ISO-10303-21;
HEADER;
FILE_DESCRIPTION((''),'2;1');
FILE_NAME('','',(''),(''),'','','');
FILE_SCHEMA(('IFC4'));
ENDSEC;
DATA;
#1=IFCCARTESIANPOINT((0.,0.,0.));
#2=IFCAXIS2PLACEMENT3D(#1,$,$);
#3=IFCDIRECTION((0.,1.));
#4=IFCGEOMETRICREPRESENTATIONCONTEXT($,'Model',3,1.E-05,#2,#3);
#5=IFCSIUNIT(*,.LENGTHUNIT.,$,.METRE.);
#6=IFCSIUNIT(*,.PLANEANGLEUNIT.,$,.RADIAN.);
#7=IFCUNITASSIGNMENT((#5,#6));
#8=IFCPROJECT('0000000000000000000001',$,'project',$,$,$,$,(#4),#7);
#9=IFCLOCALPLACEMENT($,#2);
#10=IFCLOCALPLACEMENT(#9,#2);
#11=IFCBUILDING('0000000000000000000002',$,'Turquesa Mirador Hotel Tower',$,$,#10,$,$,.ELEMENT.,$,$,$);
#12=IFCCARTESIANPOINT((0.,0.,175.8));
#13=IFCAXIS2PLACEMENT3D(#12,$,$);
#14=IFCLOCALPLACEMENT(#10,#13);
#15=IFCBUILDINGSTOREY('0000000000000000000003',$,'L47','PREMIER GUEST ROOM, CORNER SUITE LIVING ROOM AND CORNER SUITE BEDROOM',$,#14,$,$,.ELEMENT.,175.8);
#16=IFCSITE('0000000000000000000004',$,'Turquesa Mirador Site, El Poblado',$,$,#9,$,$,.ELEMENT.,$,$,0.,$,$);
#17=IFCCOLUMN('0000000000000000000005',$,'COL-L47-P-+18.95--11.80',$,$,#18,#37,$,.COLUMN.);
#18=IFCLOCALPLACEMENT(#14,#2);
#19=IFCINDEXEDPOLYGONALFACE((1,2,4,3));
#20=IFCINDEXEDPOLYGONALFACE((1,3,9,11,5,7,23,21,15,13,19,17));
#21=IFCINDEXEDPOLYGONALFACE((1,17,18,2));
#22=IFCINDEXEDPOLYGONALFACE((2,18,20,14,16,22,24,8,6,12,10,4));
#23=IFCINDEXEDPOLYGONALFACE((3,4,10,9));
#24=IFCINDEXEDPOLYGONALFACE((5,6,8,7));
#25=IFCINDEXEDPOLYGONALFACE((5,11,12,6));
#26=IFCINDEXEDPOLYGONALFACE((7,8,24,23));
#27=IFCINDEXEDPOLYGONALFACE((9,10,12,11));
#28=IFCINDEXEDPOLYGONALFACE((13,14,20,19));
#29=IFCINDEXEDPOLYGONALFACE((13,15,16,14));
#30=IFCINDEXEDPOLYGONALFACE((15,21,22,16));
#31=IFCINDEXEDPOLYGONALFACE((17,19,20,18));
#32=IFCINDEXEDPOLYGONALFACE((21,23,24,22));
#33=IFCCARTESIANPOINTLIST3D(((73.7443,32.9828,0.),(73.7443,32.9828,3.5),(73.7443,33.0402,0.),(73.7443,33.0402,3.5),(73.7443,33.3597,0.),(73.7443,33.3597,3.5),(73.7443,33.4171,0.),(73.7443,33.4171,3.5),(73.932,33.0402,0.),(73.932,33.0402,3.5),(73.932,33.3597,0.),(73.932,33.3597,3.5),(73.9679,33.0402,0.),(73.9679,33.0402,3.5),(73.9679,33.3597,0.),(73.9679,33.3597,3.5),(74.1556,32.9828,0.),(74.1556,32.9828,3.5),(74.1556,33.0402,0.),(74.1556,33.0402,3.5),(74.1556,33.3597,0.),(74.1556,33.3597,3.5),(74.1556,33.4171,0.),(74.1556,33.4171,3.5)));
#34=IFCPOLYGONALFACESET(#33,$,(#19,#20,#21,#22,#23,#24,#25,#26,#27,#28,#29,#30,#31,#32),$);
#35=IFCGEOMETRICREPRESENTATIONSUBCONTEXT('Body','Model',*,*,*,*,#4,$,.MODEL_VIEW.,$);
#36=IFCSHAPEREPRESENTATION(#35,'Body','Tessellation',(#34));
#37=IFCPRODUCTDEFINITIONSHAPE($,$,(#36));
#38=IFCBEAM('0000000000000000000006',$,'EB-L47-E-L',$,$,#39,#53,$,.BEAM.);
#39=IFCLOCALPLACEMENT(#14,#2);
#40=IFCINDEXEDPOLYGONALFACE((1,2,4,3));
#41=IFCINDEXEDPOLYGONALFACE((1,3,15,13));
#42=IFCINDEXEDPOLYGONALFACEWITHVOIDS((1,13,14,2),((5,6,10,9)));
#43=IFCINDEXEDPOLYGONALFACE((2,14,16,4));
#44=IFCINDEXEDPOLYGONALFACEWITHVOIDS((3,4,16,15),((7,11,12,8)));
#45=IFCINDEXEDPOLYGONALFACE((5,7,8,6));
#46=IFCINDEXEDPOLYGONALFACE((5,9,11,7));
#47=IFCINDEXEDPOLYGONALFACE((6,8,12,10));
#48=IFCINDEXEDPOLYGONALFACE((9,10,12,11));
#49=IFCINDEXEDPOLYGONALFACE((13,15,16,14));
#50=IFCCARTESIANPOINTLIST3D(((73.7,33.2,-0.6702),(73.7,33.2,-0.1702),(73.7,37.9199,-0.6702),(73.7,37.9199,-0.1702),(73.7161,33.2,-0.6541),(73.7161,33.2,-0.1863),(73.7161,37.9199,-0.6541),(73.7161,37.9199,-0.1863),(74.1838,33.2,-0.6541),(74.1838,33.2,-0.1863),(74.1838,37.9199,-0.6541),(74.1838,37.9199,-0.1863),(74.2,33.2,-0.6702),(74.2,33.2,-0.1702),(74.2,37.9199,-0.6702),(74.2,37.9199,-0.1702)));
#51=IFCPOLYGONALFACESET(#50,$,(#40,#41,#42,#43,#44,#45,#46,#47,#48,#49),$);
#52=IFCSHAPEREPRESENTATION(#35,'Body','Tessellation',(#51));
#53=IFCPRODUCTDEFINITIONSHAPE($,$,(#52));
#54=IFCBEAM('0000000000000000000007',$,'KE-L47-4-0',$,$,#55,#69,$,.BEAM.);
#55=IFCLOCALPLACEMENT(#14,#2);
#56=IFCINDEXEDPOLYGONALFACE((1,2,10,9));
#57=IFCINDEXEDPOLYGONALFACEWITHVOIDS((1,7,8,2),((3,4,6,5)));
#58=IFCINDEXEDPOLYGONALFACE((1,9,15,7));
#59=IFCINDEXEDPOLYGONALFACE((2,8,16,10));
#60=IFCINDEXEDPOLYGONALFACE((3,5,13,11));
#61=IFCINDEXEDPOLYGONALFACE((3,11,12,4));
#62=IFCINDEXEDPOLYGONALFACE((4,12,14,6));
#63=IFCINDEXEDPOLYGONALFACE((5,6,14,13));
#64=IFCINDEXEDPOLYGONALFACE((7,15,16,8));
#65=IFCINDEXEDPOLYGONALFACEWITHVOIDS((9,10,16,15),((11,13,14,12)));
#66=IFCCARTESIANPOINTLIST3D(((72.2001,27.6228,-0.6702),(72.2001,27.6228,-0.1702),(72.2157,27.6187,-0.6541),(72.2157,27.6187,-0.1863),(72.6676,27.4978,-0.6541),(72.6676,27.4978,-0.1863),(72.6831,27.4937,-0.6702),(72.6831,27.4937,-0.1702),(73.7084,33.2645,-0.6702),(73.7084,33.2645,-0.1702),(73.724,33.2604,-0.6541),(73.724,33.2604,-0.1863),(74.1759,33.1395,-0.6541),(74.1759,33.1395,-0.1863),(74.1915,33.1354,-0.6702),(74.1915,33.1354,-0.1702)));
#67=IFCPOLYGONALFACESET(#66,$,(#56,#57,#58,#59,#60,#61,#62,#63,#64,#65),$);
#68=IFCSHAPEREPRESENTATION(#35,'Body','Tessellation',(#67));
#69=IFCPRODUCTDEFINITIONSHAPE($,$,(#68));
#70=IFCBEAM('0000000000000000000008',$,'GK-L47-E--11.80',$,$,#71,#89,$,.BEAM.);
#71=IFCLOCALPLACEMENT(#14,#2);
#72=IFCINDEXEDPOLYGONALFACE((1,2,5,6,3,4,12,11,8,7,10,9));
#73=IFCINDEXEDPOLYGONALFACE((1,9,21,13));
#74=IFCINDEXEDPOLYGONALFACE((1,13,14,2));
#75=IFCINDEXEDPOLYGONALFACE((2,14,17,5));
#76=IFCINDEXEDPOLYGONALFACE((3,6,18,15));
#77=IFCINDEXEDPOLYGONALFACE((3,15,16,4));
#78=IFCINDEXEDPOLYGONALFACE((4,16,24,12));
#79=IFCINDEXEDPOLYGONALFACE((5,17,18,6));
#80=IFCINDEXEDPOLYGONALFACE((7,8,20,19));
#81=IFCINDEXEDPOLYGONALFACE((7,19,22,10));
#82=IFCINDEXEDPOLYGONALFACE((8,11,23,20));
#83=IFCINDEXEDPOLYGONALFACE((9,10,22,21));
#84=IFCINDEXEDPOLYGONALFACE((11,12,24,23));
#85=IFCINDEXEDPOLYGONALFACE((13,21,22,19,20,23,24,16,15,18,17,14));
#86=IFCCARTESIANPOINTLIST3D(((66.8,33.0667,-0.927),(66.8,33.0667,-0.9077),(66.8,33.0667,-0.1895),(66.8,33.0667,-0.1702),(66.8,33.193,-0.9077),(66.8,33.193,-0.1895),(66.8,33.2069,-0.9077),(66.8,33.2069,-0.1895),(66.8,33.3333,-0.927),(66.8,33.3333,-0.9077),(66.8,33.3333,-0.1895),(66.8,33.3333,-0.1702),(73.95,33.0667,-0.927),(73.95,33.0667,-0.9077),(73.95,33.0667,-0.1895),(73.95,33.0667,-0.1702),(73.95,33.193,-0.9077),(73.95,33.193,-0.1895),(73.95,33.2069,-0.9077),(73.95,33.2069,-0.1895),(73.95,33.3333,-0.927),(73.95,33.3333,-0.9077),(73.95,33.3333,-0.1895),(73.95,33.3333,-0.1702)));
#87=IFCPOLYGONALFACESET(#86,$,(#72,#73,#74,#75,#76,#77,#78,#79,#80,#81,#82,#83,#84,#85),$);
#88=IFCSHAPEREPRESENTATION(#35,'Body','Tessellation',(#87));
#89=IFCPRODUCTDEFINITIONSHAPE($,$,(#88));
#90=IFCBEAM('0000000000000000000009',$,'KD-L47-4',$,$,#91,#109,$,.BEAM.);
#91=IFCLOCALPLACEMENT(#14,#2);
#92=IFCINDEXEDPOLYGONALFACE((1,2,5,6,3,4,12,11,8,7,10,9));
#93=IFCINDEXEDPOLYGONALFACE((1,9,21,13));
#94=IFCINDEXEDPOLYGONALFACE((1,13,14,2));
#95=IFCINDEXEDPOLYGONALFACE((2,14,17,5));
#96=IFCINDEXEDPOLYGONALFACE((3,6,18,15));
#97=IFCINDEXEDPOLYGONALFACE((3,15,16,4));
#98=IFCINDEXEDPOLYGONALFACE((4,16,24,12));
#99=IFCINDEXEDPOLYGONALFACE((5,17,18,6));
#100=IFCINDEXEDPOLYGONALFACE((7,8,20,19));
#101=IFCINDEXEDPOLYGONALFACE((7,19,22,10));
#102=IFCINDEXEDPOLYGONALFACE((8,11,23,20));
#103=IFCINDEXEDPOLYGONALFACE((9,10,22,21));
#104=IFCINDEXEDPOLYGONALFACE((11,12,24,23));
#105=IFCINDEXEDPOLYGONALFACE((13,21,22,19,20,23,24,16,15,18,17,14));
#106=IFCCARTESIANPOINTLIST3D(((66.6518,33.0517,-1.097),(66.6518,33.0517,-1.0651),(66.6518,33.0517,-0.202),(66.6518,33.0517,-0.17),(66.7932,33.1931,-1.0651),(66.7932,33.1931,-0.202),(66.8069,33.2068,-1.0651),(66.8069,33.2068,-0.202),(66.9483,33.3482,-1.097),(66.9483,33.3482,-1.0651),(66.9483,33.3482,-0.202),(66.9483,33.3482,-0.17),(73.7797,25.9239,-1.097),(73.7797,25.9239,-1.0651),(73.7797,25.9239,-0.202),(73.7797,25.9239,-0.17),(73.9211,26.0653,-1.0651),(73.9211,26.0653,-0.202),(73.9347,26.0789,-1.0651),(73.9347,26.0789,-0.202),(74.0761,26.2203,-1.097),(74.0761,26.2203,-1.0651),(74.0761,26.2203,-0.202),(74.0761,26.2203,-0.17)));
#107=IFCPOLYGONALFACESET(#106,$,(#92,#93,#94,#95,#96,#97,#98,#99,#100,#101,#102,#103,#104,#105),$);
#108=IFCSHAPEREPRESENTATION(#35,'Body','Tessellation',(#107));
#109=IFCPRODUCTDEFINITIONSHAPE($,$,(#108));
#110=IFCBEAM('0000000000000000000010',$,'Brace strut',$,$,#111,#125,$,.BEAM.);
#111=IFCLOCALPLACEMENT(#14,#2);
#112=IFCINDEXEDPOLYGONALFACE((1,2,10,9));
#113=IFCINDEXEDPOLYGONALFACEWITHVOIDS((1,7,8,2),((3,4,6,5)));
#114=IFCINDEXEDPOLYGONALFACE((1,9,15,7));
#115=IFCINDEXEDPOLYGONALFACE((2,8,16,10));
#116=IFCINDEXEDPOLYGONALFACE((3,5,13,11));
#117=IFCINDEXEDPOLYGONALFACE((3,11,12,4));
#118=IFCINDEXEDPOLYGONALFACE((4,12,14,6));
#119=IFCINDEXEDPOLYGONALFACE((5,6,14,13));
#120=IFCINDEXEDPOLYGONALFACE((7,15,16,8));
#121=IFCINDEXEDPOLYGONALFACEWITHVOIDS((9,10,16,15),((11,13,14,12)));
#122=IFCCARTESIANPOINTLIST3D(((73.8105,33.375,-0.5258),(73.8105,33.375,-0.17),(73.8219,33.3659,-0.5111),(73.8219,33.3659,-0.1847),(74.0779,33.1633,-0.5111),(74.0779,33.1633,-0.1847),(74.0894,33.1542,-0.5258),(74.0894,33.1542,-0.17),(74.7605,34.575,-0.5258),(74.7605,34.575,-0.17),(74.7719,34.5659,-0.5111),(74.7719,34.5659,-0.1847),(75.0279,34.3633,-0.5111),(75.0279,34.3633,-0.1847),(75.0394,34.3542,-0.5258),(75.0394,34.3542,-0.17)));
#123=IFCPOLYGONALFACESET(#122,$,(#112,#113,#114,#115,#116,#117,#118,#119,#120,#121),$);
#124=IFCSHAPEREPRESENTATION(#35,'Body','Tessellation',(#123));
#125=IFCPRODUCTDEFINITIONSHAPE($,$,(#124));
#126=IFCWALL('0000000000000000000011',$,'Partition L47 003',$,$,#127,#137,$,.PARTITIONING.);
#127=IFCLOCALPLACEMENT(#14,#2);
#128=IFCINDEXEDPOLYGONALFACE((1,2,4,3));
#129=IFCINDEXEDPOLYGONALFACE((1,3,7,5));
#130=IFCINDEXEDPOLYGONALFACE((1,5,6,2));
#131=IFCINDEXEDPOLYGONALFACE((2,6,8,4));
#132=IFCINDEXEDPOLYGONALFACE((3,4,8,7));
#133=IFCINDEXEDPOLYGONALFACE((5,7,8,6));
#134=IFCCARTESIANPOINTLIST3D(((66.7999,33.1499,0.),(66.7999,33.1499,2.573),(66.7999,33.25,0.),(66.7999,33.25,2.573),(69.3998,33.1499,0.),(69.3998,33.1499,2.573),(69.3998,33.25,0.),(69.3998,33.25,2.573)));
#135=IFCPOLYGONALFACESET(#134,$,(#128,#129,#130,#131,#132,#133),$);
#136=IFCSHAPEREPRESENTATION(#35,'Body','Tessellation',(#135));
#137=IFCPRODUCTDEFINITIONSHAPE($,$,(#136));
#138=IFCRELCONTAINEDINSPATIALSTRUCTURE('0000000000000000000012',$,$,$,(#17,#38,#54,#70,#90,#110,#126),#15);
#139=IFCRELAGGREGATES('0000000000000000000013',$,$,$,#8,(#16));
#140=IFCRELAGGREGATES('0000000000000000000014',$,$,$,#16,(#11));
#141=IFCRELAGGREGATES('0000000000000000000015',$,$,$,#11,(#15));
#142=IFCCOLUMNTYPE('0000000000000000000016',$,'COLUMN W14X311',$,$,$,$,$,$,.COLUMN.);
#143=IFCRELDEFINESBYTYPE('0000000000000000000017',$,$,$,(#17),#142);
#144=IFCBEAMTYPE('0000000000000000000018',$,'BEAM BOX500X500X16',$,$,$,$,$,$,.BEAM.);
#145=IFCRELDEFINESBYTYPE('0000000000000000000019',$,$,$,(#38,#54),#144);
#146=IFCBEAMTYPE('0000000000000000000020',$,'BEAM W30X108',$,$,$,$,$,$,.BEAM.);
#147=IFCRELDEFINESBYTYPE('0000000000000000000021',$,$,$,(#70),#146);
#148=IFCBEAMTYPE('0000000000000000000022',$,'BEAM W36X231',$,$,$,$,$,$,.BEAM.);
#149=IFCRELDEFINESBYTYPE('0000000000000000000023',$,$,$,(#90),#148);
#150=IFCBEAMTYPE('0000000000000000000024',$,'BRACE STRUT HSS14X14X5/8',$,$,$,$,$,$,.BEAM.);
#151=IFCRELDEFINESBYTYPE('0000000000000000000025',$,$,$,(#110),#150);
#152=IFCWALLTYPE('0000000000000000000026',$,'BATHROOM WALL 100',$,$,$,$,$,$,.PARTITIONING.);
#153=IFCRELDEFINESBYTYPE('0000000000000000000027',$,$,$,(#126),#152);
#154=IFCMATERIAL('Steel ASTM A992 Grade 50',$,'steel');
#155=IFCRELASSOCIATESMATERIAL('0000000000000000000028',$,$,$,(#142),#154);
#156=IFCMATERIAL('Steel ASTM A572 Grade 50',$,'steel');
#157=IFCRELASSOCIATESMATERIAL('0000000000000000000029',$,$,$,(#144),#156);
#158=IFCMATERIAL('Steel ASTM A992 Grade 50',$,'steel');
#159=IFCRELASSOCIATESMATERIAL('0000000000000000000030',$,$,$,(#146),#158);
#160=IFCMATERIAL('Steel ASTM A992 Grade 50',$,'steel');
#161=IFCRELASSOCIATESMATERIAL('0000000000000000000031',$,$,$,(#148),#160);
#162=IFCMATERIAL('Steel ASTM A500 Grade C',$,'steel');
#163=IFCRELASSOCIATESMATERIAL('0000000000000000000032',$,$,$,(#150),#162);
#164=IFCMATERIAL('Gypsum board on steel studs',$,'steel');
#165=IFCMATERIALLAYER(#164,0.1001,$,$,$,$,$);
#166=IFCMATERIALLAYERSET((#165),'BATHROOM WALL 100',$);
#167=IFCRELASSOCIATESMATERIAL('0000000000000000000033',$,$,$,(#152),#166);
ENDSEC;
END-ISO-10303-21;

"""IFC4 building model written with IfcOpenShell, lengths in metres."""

from ifc_helpers import new_model, si_unit, direction, frame, frame_2d, origin, origin_2d, place, context, subcontext, project, spatial, rectangle, hollow_rectangle, i_section, extrude, material, layer, layer_set, material_profile, profile_set, type_object, element, save


model = new_model("IFC4")

# Units and contexts
model_context = context("Model", 3, precision=1e-05, world=origin(), true_north=direction((0.0, 1.0)))
body_context = subcontext(model_context, "Body", "Model", "MODEL_VIEW")
ifc_project = project(units=[si_unit("LENGTHUNIT", "METRE"), si_unit("PLANEANGLEUNIT", "RADIAN")], contexts=[model_context])

# Site, building, storey
site_placement = place(None, origin())
site = spatial("IfcSite", under=ifc_project, at=site_placement, Name="Turquesa Mirador Site, El Poblado", CompositionType="ELEMENT", RefElevation=0.0)
building_placement = place(site_placement, origin())
building = spatial("IfcBuilding", under=site, at=building_placement, Name="Turquesa Mirador Hotel Tower", CompositionType="ELEMENT")
storey_placement = place(building_placement, frame((0.0, 0.0, 175.8)))
storey = spatial("IfcBuildingStorey", under=building, at=storey_placement, Name="L47", Description="PREMIER GUEST ROOM, CORNER SUITE LIVING ROOM AND CORNER SUITE BEDROOM", CompositionType="ELEMENT", Elevation=175.8)

# Column
ifc_material_1 = material(Name="Steel ASTM A992 Grade 50", Category="steel")
ifc_material_profile_1 = material_profile(ifc_material_1, i_section(OverallWidth=0.4114, OverallDepth=0.4343, WebThickness=0.0359, FlangeThickness=0.0574, at=origin_2d()), Name="W14X311")
ifc_profile_set_1 = profile_set([ifc_material_profile_1], Name="Steel ASTM A992 Grade 50")
column_type = type_object("IfcColumnType", Name="COLUMN W14X311", PredefinedType="COLUMN", material=ifc_profile_set_1)
column_placement = place(storey_placement, frame((73.95, 33.2, 0.0), z_axis=(0.0, 0.0, 1.0), x_axis=(1.0, 0.0, 0.0)))
element("IfcColumn", 1, at=column_placement, inside=storey, type_object=column_type, Name="COL-L47-P-+18.95--11.80", PredefinedType="COLUMN", context=body_context, shape_type="SweptSolid", body=[
    extrude(i_section(OverallWidth=0.4114, OverallDepth=0.4343, WebThickness=0.0359, FlangeThickness=0.0574, at=origin_2d()), origin(), (0.0, 0.0, 1.0), 3.5),
])

# Beams
ifc_material_2 = material(Name="Steel ASTM A572 Grade 50", Category="steel")
ifc_material_profile_2 = material_profile(ifc_material_2, hollow_rectangle(XDim=0.5, YDim=0.5, WallThickness=0.0161, at=origin_2d()), Name="BOX500X500X16")
ifc_profile_set_2 = profile_set([ifc_material_profile_2], Name="Steel ASTM A572 Grade 50")
beam_type_1 = type_object("IfcBeamType", Name="BEAM BOX500X500X16", PredefinedType="BEAM", material=ifc_profile_set_2)
beam_1_placement = place(storey_placement, frame((73.95, 33.2, -0.4202), z_axis=(0.0, 1.0, 0.0), x_axis=(-1.0, 0.0, 0.0)))
element("IfcBeam", 2, at=beam_1_placement, inside=storey, type_object=beam_type_1, Name="EB-L47-E-L", PredefinedType="BEAM", context=body_context, shape_type="SweptSolid", body=[
    extrude(hollow_rectangle(XDim=0.5, YDim=0.5, WallThickness=0.0161, at=origin_2d()), origin(), (0.0, 0.0, 1.0), 4.72),
])
beam_2_placement = place(storey_placement, frame((73.95, 33.2, -0.4202), z_axis=(-0.258282, -0.96607, 0.0), x_axis=(0.96607, -0.258282, 0.0)))
element("IfcBeam", 3, at=beam_2_placement, inside=storey, type_object=beam_type_1, Name="KE-L47-4-0", PredefinedType="BEAM", context=body_context, shape_type="SweptSolid", body=[
    extrude(hollow_rectangle(XDim=0.5, YDim=0.5, WallThickness=0.0161, at=origin_2d()), origin(), (0.0, 0.0, 1.0), 5.8398),
])
ifc_material_3 = material(Name="Steel ASTM A992 Grade 50", Category="steel")
ifc_material_profile_3 = material_profile(ifc_material_3, i_section(OverallWidth=0.2666, OverallDepth=0.7568, WebThickness=0.0139, FlangeThickness=0.0193, at=origin_2d()), Name="W30X108")
ifc_profile_set_3 = profile_set([ifc_material_profile_3], Name="Steel ASTM A992 Grade 50")
beam_type_2 = type_object("IfcBeamType", Name="BEAM W30X108", PredefinedType="BEAM", material=ifc_profile_set_3)
beam_3_placement = place(storey_placement, frame((73.95, 33.2, -0.5486), z_axis=(-1.0, 0.0, 0.0), x_axis=(0.0, -1.0, 0.0)))
element("IfcBeam", 4, at=beam_3_placement, inside=storey, type_object=beam_type_2, Name="GK-L47-E--11.80", PredefinedType="BEAM", context=body_context, shape_type="SweptSolid", body=[
    extrude(i_section(OverallWidth=0.2666, OverallDepth=0.7568, WebThickness=0.0139, FlangeThickness=0.0193, at=origin_2d()), origin(), (0.0, 0.0, 1.0), 7.1499),
])
ifc_material_4 = material(Name="Steel ASTM A992 Grade 50", Category="steel")
ifc_material_profile_4 = material_profile(ifc_material_4, i_section(OverallWidth=0.4192, OverallDepth=0.927, WebThickness=0.0193, FlangeThickness=0.032, at=origin_2d()), Name="W36X231")
ifc_profile_set_4 = profile_set([ifc_material_profile_4], Name="Steel ASTM A992 Grade 50")
beam_type_3 = type_object("IfcBeamType", Name="BEAM W36X231", PredefinedType="BEAM", material=ifc_profile_set_4)
beam_4_placement = place(storey_placement, frame((66.8, 33.2, -0.6335), z_axis=(0.707107, -0.707107, 0.0), x_axis=(0.707107, 0.707107, 0.0)))
element("IfcBeam", 5, at=beam_4_placement, inside=storey, type_object=beam_type_3, Name="KD-L47-4", PredefinedType="BEAM", context=body_context, shape_type="SweptSolid", body=[
    extrude(i_section(OverallWidth=0.4192, OverallDepth=0.927, WebThickness=0.0193, FlangeThickness=0.032, at=origin_2d()), origin(), (0.0, 0.0, 1.0), 10.0803),
])
ifc_material_5 = material(Name="Steel ASTM A500 Grade C", Category="steel")
ifc_material_profile_5 = material_profile(ifc_material_5, hollow_rectangle(XDim=0.3557, YDim=0.3557, WallThickness=0.0146, at=origin_2d()), Name="HSS14X14X5/8")
ifc_profile_set_5 = profile_set([ifc_material_profile_5], Name="Steel ASTM A500 Grade C")
beam_type_4 = type_object("IfcBeamType", Name="BRACE STRUT HSS14X14X5/8", PredefinedType="BEAM", material=ifc_profile_set_5)
beam_5_placement = place(storey_placement, frame((74.8999, 34.4646, -0.3479), z_axis=(-0.620699, -0.784049, 0.0), x_axis=(0.784049, -0.620699, 0.0)))
element("IfcBeam", 6, at=beam_5_placement, inside=storey, type_object=beam_type_4, Name="Brace strut", PredefinedType="BEAM", context=body_context, shape_type="SweptSolid", body=[
    extrude(hollow_rectangle(XDim=0.3557, YDim=0.3557, WallThickness=0.0146, at=origin_2d()), origin(), (0.0, 0.0, 1.0), 1.5305),
])

# Wall
ifc_material_6 = material(Name="Gypsum board on steel studs", Category="steel")
ifc_layer_1 = layer(ifc_material_6, 0.1001)
ifc_layer_set_1 = layer_set([ifc_layer_1], Name="BATHROOM WALL 100")
wall_type_1 = type_object("IfcWallType", Name="BATHROOM WALL 100", PredefinedType="PARTITIONING", material=ifc_layer_set_1)
wall_1_placement = place(storey_placement, frame((66.8, 33.2, 0.0), z_axis=(0.0, 0.0, 1.0), x_axis=(1.0, 0.0, 0.0)))
element("IfcWall", 7, at=wall_1_placement, inside=storey, type_object=wall_type_1, Name="Partition L47 003", PredefinedType="PARTITIONING", context=body_context, shape_type="SweptSolid", body=[
    extrude(rectangle(XDim=2.5999, YDim=0.1001, at=frame_2d((1.2998, 0.0))), origin(), (0.0, 0.0, 1.0), 2.573),
])

save(model, "model.ifc")
